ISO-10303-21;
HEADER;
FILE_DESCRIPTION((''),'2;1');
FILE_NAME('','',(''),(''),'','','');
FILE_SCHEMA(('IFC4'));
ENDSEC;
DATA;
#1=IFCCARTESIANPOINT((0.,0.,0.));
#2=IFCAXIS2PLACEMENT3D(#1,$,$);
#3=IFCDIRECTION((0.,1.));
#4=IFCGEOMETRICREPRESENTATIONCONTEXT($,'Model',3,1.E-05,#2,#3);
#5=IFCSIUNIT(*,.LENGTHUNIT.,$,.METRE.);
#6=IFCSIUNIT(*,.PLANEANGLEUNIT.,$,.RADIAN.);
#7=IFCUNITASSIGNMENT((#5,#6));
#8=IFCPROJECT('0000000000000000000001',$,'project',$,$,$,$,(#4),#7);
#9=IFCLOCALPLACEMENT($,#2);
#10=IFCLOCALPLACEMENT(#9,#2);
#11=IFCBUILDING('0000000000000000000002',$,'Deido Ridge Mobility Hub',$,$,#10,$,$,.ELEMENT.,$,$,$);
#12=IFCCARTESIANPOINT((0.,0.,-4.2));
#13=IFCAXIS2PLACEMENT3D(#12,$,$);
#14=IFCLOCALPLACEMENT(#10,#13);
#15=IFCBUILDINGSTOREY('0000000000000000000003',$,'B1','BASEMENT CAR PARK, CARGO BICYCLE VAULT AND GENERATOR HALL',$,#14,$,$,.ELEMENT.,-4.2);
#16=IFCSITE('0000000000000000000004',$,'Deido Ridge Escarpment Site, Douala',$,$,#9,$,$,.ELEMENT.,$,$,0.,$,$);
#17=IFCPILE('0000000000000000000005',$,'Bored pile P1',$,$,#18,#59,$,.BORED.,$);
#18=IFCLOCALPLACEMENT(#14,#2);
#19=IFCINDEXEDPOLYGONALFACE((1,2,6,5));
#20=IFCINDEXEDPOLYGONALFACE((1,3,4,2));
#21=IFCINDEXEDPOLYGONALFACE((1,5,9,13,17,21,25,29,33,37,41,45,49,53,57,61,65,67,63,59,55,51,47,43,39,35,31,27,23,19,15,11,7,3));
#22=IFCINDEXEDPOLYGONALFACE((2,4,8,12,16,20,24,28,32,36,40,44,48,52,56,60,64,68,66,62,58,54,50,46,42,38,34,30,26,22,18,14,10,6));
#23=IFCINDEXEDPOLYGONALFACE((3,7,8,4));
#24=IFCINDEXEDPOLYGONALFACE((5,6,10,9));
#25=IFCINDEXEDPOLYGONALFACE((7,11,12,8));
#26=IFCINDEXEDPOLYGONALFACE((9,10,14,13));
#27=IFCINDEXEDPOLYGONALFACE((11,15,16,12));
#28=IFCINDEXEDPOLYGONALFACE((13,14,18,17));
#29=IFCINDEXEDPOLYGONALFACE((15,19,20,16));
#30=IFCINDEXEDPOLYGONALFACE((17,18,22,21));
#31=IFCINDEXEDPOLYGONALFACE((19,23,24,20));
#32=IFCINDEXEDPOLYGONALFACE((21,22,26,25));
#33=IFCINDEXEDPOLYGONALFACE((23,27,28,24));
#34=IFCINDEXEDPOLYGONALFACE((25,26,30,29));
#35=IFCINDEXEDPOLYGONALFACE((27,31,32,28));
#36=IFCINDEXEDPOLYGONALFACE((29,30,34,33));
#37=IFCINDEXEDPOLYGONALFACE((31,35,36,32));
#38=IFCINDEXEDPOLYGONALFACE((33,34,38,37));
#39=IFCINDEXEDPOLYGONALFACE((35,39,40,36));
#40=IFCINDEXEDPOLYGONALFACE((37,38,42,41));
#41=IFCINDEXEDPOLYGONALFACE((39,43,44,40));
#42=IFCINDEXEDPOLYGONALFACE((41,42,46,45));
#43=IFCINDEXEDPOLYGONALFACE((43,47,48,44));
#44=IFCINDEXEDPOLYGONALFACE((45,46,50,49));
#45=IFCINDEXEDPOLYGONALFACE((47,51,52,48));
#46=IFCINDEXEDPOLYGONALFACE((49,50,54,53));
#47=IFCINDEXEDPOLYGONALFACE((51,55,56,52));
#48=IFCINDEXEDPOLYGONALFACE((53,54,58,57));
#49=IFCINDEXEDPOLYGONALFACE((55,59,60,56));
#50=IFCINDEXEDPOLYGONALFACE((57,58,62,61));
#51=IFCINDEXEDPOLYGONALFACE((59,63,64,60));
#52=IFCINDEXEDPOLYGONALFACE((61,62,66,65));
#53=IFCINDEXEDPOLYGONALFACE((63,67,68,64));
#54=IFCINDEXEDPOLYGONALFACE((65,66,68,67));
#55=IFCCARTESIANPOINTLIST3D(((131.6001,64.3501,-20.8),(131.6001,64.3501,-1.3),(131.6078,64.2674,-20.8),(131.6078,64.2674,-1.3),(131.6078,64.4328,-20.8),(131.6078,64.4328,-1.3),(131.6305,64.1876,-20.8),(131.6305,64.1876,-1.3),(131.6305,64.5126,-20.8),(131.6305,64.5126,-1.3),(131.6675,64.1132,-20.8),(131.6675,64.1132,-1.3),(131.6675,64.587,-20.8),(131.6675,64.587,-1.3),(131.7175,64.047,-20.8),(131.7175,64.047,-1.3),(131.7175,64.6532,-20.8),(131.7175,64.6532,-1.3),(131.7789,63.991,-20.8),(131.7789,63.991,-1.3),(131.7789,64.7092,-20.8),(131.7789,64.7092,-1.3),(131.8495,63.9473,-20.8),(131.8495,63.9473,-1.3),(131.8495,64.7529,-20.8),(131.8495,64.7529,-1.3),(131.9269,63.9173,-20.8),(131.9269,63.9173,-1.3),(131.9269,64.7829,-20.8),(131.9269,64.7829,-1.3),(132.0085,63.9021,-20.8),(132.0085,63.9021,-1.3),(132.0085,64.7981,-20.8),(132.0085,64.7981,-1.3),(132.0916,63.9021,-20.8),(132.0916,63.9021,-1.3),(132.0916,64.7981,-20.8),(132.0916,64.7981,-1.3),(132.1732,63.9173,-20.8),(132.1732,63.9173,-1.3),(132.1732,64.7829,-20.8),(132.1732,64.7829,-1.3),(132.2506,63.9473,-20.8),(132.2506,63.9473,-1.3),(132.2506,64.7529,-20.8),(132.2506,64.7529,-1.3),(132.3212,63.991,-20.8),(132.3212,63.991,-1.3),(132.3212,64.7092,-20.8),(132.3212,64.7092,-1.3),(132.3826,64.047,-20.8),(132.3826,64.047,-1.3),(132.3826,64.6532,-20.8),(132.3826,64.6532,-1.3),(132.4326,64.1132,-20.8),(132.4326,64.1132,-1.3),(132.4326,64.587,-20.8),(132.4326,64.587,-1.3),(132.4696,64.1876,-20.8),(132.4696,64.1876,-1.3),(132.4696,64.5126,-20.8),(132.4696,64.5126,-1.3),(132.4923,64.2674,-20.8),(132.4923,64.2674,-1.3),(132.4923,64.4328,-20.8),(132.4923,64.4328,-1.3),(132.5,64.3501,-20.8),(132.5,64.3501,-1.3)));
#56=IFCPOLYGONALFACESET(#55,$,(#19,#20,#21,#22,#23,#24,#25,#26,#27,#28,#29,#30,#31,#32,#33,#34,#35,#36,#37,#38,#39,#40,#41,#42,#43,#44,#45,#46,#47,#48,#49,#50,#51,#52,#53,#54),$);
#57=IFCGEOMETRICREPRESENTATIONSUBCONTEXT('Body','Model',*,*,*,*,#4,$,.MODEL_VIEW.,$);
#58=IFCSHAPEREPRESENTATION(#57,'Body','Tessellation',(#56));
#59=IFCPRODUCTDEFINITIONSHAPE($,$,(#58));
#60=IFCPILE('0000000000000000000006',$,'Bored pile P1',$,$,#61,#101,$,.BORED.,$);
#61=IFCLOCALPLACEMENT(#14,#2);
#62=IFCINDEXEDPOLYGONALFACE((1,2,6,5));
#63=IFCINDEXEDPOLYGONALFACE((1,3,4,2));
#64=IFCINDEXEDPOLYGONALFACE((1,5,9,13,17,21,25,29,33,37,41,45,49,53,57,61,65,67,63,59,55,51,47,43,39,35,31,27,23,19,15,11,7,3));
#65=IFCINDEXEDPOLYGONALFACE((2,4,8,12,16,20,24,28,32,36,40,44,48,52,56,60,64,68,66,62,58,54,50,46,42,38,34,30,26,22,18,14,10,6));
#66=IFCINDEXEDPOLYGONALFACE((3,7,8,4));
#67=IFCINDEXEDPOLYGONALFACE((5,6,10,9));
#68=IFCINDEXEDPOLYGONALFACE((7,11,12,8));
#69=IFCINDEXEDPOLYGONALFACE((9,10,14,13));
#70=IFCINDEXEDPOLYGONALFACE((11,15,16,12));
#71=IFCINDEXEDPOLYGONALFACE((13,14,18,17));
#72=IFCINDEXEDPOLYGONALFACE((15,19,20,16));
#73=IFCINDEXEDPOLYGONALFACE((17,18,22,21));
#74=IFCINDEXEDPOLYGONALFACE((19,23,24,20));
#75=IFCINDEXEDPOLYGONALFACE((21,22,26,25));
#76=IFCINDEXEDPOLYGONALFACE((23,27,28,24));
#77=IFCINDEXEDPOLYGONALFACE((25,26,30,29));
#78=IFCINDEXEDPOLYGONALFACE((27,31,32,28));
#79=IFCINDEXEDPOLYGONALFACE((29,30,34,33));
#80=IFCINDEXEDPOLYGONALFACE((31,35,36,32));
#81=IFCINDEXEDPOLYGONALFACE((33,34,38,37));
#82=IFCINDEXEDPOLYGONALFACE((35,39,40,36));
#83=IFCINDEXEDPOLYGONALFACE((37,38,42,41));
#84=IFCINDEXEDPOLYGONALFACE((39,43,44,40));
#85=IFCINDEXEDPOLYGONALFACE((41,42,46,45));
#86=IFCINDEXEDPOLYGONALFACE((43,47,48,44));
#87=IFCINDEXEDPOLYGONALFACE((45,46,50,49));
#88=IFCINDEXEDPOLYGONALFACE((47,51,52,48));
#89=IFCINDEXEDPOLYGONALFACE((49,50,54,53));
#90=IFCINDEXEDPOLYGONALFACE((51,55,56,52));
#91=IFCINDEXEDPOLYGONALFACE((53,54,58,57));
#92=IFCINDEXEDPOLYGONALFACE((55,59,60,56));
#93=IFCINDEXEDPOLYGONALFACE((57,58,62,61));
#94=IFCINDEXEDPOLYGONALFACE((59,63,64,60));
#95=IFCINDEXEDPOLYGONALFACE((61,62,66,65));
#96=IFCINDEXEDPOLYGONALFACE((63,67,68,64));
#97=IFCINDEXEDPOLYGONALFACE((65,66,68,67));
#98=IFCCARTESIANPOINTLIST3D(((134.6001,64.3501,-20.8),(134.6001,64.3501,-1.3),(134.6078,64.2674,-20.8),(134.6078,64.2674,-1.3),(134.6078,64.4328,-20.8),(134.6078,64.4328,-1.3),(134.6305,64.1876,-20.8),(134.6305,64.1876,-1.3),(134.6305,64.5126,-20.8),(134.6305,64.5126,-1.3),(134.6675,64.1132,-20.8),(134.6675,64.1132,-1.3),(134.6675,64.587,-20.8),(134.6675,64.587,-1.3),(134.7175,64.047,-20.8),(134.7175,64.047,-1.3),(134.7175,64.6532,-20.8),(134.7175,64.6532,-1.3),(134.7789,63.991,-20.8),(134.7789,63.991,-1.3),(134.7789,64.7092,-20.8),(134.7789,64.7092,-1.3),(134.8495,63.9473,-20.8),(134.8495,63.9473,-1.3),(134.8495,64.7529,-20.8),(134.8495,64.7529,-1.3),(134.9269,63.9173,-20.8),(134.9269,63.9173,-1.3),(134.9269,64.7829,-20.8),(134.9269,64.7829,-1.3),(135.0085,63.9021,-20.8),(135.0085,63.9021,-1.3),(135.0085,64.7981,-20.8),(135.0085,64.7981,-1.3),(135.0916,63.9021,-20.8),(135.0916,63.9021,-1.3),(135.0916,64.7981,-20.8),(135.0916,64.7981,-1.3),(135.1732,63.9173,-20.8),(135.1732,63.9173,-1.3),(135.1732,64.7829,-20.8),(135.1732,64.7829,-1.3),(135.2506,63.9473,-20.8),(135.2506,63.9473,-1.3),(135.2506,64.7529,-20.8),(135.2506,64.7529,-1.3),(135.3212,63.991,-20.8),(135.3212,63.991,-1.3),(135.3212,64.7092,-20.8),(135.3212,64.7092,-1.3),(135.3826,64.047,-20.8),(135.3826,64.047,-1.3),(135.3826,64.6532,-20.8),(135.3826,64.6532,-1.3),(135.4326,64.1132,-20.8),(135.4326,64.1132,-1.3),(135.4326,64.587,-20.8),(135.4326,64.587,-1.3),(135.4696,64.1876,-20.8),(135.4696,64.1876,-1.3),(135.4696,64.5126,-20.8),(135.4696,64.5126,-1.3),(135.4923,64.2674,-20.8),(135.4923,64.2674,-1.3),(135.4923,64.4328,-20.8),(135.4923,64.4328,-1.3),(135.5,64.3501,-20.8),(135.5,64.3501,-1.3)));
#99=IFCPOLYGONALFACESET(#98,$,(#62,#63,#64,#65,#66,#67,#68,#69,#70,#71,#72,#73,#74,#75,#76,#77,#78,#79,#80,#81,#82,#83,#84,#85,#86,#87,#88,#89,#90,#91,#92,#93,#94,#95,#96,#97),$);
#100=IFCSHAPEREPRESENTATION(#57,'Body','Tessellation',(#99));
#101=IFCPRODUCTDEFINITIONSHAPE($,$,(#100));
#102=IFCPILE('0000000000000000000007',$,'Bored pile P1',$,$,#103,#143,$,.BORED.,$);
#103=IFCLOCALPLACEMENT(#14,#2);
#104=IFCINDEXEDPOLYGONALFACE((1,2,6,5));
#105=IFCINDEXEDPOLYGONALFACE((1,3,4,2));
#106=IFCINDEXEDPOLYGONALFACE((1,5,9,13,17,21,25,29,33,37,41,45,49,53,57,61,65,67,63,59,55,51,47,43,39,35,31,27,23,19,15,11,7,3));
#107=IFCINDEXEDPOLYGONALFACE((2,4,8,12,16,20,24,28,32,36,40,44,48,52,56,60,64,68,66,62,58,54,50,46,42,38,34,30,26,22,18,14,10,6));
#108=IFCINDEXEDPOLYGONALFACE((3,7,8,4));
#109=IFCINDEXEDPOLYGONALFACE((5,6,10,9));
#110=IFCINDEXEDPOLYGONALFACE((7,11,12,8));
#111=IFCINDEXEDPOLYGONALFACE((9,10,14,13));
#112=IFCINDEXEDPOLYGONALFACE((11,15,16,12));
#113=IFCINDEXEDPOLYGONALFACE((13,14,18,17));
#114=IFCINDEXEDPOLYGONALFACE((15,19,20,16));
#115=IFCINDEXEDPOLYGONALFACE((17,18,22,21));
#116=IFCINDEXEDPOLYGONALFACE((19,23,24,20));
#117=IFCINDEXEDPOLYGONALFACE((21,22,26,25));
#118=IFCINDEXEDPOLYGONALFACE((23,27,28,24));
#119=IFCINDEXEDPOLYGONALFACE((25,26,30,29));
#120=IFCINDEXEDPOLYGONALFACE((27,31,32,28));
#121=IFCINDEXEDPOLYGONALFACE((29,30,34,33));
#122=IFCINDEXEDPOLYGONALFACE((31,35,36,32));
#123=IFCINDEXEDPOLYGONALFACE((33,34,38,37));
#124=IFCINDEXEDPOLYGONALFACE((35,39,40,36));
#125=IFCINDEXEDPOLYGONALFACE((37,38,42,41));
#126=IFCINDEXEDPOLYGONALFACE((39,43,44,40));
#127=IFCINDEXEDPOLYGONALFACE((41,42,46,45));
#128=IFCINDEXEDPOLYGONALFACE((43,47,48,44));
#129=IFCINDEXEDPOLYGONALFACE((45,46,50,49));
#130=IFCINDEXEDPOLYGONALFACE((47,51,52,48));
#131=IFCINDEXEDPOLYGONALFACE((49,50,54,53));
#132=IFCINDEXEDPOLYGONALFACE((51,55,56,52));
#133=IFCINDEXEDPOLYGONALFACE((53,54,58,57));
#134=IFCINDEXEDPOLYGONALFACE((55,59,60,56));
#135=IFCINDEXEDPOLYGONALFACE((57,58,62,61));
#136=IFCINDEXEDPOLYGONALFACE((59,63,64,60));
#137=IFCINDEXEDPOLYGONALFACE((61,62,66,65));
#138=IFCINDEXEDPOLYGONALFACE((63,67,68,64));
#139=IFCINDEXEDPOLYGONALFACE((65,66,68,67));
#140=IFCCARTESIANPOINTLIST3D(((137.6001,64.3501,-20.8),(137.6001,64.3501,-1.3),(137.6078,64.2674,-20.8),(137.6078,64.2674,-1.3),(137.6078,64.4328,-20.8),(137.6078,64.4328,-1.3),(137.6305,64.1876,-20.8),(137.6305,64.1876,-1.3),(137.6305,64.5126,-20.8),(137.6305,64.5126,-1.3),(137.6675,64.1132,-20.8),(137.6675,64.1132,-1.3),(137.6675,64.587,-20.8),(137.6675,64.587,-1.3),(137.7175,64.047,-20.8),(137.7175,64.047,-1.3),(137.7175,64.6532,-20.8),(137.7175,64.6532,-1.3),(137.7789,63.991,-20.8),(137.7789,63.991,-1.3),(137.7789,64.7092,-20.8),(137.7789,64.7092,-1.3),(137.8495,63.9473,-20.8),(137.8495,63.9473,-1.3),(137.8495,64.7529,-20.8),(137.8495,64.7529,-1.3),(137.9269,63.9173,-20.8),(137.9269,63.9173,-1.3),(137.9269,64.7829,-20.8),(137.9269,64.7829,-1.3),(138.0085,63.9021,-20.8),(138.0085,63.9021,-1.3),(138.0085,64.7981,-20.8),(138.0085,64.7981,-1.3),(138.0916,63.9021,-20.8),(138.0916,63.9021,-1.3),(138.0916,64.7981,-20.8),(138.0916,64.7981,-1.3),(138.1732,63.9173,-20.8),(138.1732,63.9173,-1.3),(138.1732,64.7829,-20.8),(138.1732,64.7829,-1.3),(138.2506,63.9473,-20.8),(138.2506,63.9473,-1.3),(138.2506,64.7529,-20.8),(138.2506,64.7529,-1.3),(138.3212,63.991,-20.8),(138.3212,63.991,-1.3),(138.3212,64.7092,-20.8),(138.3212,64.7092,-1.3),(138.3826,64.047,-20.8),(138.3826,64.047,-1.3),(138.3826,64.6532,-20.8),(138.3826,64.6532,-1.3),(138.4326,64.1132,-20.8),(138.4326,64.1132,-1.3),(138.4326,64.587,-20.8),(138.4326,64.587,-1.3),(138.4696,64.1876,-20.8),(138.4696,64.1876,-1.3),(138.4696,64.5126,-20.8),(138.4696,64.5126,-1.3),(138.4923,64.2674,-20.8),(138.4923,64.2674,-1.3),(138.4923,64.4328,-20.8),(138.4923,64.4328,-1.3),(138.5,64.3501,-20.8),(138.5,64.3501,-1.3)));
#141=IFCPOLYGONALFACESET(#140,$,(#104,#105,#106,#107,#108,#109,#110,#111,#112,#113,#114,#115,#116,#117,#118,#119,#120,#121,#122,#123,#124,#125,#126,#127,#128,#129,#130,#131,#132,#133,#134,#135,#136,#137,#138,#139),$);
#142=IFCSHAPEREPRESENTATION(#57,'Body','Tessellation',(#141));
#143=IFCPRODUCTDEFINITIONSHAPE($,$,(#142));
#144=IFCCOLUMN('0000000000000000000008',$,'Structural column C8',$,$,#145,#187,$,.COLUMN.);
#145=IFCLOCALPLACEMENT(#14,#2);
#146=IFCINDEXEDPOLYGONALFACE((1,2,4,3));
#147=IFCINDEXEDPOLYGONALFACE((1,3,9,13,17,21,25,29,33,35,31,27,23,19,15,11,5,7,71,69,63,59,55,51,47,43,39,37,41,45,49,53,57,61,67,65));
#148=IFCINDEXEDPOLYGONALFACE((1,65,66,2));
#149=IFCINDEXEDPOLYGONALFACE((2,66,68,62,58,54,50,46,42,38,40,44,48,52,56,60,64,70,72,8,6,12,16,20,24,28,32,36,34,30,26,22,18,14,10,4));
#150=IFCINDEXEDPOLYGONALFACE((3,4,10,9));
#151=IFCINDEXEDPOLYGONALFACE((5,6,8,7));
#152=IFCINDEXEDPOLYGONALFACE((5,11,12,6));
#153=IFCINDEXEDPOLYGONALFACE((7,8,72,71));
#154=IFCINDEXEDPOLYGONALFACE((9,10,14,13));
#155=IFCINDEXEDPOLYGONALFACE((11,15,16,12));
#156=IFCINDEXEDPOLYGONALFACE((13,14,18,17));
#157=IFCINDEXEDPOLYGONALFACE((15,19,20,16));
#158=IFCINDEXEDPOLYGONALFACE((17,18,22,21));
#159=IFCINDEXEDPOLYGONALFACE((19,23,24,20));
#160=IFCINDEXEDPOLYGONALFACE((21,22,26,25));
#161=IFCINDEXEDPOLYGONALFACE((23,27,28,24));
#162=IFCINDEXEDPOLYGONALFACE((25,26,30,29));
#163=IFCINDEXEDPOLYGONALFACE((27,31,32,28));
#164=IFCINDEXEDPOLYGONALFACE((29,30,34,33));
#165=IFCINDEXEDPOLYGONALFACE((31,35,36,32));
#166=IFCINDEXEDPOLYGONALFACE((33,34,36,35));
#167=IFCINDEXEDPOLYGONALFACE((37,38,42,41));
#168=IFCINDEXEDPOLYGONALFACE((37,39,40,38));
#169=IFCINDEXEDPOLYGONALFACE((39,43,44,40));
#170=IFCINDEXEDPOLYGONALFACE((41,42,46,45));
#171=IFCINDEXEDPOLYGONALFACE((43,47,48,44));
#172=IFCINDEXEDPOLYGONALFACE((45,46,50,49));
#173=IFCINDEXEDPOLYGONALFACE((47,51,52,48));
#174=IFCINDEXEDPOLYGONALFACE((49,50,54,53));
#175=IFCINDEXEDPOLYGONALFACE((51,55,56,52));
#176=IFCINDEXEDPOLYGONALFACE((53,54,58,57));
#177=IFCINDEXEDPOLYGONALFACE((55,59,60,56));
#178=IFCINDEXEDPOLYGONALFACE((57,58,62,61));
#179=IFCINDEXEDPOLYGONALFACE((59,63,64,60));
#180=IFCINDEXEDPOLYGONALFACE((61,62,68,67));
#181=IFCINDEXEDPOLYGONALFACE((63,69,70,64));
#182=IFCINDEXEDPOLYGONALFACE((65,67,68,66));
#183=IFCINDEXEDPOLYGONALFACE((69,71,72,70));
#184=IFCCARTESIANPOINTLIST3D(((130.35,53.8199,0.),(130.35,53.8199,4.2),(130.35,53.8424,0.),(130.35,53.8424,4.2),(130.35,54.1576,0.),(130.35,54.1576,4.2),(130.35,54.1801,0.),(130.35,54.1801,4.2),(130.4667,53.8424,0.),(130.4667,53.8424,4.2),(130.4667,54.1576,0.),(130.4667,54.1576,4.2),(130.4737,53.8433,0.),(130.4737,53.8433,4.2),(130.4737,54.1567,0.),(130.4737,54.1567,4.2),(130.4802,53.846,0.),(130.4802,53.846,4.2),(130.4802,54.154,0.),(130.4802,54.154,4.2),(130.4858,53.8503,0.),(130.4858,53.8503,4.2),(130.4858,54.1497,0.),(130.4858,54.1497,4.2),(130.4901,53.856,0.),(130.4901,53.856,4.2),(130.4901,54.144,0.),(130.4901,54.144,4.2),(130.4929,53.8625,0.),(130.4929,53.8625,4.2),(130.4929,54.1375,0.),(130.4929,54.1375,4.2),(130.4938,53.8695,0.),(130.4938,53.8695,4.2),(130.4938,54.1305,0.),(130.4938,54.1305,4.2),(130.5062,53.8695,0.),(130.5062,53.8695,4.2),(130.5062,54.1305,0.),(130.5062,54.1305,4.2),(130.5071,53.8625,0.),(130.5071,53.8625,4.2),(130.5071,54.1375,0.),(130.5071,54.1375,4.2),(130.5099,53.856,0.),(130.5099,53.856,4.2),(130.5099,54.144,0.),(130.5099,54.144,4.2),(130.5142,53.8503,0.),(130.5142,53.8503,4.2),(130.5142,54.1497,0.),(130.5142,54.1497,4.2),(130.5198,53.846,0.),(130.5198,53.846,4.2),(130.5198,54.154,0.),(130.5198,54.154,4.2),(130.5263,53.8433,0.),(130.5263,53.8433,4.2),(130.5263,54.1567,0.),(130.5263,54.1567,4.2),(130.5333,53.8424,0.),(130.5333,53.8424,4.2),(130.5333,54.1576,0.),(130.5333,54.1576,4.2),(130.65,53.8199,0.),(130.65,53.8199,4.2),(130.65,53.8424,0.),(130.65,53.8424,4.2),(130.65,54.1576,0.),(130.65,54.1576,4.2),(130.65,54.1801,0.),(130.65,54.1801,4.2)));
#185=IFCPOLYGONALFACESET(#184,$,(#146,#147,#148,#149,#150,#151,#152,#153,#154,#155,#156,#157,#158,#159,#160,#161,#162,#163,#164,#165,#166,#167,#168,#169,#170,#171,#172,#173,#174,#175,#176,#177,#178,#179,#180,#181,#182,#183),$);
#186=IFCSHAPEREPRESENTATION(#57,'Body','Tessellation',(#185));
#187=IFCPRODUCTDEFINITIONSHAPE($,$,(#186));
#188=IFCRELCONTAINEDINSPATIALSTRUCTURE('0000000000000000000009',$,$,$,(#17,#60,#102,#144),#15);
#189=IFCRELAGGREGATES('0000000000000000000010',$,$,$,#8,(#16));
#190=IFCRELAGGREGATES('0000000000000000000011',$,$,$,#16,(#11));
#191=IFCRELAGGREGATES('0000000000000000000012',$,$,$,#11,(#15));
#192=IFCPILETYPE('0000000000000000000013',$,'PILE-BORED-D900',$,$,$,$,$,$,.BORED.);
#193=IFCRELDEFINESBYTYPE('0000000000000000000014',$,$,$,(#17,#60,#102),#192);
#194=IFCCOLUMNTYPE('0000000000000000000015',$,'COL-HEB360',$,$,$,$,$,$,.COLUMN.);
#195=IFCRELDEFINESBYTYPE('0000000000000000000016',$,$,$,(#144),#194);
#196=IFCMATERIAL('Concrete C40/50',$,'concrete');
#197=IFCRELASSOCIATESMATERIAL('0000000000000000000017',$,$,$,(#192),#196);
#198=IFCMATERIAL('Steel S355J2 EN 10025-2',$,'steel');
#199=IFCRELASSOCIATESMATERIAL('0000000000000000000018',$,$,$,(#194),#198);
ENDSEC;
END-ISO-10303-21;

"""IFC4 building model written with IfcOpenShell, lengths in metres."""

from ifc_helpers import new_model, si_unit, direction, frame, origin, origin_2d, place, context, subcontext, project, spatial, circle, i_section, extrude, material, material_profile, profile_set, type_object, element, save


model = new_model("IFC4")

# Units and contexts
model_context = context("Model", 3, precision=1e-05, world=origin(), true_north=direction((0.0, 1.0)))
body_context = subcontext(model_context, "Body", "Model", "MODEL_VIEW")
ifc_project = project(units=[si_unit("LENGTHUNIT", "METRE"), si_unit("PLANEANGLEUNIT", "RADIAN")], contexts=[model_context])

# Site, building, storey
site_placement = place(None, origin())
site = spatial("IfcSite", under=ifc_project, at=site_placement, Name="Deido Ridge Escarpment Site, Douala", CompositionType="ELEMENT", RefElevation=0.0)
building_placement = place(site_placement, origin())
building = spatial("IfcBuilding", under=site, at=building_placement, Name="Deido Ridge Mobility Hub", CompositionType="ELEMENT")
storey_placement = place(building_placement, frame((0.0, 0.0, -4.2)))
storey = spatial("IfcBuildingStorey", under=building, at=storey_placement, Name="B1", Description="BASEMENT CAR PARK, CARGO BICYCLE VAULT AND GENERATOR HALL", CompositionType="ELEMENT", Elevation=-4.2)

# Shared definitions
ifc_material_1 = material(Name="Concrete C40/50", Category="concrete")

# Piles
ifc_material_profile_1 = material_profile(ifc_material_1, circle(Radius=0.45, at=origin_2d()), Name="BORED PILE D900")
ifc_profile_set_1 = profile_set([ifc_material_profile_1], Name="Concrete C40/50")
pile_type = type_object("IfcPileType", Name="PILE-BORED-D900", PredefinedType="BORED", material=ifc_profile_set_1)
for number, where, z_axis, x_axis, name in (
    (1, (132.05, 64.3501, -1.3), (0.0, 0.0, -1.0), (1.0, 0.0, 0.0), "Bored pile P1"),
    (2, (135.05, 64.3501, -1.3), (0.0, 0.0, -1.0), (1.0, 0.0, 0.0), "Bored pile P1"),
    (3, (138.05, 64.3501, -1.3), (0.0, 0.0, -1.0), (1.0, 0.0, 0.0), "Bored pile P1"),
):
    element("IfcPile", number, at=place(storey_placement, frame(where, z_axis=z_axis, x_axis=x_axis)), inside=storey, type_object=pile_type, Name=name, PredefinedType="BORED", context=body_context, shape_type="SweptSolid", body=[
        extrude(circle(Radius=0.45, at=origin_2d()), origin(), (0.0, 0.0, 1.0), 19.5),
    ])

# Column
ifc_material_2 = material(Name="Steel S355J2 EN 10025-2", Category="steel")
ifc_material_profile_2 = material_profile(ifc_material_2, i_section(OverallWidth=0.3, OverallDepth=0.3601, WebThickness=0.0125, FlangeThickness=0.0225, FilletRadius=0.0271, at=origin_2d()), Name="HEB 360")
ifc_profile_set_2 = profile_set([ifc_material_profile_2], Name="Steel S355J2 EN 10025-2")
column_type = type_object("IfcColumnType", Name="COL-HEB360", PredefinedType="COLUMN", material=ifc_profile_set_2)
for number, where, z_axis, x_axis, name in (
    (4, (130.5, 54.0, 0.0), (0.0, 0.0, 1.0), (1.0, 0.0, 0.0), "Structural column C8"),
):
    element("IfcColumn", number, at=place(storey_placement, frame(where, z_axis=z_axis, x_axis=x_axis)), inside=storey, type_object=column_type, Name=name, PredefinedType="COLUMN", context=body_context, shape_type="SweptSolid", body=[
        extrude(i_section(OverallWidth=0.3, OverallDepth=0.3601, WebThickness=0.0125, FlangeThickness=0.0225, FilletRadius=0.0271, at=origin_2d()), origin(), (0.0, 0.0, 1.0), 4.2),
    ])

save(model, "model.ifc")
